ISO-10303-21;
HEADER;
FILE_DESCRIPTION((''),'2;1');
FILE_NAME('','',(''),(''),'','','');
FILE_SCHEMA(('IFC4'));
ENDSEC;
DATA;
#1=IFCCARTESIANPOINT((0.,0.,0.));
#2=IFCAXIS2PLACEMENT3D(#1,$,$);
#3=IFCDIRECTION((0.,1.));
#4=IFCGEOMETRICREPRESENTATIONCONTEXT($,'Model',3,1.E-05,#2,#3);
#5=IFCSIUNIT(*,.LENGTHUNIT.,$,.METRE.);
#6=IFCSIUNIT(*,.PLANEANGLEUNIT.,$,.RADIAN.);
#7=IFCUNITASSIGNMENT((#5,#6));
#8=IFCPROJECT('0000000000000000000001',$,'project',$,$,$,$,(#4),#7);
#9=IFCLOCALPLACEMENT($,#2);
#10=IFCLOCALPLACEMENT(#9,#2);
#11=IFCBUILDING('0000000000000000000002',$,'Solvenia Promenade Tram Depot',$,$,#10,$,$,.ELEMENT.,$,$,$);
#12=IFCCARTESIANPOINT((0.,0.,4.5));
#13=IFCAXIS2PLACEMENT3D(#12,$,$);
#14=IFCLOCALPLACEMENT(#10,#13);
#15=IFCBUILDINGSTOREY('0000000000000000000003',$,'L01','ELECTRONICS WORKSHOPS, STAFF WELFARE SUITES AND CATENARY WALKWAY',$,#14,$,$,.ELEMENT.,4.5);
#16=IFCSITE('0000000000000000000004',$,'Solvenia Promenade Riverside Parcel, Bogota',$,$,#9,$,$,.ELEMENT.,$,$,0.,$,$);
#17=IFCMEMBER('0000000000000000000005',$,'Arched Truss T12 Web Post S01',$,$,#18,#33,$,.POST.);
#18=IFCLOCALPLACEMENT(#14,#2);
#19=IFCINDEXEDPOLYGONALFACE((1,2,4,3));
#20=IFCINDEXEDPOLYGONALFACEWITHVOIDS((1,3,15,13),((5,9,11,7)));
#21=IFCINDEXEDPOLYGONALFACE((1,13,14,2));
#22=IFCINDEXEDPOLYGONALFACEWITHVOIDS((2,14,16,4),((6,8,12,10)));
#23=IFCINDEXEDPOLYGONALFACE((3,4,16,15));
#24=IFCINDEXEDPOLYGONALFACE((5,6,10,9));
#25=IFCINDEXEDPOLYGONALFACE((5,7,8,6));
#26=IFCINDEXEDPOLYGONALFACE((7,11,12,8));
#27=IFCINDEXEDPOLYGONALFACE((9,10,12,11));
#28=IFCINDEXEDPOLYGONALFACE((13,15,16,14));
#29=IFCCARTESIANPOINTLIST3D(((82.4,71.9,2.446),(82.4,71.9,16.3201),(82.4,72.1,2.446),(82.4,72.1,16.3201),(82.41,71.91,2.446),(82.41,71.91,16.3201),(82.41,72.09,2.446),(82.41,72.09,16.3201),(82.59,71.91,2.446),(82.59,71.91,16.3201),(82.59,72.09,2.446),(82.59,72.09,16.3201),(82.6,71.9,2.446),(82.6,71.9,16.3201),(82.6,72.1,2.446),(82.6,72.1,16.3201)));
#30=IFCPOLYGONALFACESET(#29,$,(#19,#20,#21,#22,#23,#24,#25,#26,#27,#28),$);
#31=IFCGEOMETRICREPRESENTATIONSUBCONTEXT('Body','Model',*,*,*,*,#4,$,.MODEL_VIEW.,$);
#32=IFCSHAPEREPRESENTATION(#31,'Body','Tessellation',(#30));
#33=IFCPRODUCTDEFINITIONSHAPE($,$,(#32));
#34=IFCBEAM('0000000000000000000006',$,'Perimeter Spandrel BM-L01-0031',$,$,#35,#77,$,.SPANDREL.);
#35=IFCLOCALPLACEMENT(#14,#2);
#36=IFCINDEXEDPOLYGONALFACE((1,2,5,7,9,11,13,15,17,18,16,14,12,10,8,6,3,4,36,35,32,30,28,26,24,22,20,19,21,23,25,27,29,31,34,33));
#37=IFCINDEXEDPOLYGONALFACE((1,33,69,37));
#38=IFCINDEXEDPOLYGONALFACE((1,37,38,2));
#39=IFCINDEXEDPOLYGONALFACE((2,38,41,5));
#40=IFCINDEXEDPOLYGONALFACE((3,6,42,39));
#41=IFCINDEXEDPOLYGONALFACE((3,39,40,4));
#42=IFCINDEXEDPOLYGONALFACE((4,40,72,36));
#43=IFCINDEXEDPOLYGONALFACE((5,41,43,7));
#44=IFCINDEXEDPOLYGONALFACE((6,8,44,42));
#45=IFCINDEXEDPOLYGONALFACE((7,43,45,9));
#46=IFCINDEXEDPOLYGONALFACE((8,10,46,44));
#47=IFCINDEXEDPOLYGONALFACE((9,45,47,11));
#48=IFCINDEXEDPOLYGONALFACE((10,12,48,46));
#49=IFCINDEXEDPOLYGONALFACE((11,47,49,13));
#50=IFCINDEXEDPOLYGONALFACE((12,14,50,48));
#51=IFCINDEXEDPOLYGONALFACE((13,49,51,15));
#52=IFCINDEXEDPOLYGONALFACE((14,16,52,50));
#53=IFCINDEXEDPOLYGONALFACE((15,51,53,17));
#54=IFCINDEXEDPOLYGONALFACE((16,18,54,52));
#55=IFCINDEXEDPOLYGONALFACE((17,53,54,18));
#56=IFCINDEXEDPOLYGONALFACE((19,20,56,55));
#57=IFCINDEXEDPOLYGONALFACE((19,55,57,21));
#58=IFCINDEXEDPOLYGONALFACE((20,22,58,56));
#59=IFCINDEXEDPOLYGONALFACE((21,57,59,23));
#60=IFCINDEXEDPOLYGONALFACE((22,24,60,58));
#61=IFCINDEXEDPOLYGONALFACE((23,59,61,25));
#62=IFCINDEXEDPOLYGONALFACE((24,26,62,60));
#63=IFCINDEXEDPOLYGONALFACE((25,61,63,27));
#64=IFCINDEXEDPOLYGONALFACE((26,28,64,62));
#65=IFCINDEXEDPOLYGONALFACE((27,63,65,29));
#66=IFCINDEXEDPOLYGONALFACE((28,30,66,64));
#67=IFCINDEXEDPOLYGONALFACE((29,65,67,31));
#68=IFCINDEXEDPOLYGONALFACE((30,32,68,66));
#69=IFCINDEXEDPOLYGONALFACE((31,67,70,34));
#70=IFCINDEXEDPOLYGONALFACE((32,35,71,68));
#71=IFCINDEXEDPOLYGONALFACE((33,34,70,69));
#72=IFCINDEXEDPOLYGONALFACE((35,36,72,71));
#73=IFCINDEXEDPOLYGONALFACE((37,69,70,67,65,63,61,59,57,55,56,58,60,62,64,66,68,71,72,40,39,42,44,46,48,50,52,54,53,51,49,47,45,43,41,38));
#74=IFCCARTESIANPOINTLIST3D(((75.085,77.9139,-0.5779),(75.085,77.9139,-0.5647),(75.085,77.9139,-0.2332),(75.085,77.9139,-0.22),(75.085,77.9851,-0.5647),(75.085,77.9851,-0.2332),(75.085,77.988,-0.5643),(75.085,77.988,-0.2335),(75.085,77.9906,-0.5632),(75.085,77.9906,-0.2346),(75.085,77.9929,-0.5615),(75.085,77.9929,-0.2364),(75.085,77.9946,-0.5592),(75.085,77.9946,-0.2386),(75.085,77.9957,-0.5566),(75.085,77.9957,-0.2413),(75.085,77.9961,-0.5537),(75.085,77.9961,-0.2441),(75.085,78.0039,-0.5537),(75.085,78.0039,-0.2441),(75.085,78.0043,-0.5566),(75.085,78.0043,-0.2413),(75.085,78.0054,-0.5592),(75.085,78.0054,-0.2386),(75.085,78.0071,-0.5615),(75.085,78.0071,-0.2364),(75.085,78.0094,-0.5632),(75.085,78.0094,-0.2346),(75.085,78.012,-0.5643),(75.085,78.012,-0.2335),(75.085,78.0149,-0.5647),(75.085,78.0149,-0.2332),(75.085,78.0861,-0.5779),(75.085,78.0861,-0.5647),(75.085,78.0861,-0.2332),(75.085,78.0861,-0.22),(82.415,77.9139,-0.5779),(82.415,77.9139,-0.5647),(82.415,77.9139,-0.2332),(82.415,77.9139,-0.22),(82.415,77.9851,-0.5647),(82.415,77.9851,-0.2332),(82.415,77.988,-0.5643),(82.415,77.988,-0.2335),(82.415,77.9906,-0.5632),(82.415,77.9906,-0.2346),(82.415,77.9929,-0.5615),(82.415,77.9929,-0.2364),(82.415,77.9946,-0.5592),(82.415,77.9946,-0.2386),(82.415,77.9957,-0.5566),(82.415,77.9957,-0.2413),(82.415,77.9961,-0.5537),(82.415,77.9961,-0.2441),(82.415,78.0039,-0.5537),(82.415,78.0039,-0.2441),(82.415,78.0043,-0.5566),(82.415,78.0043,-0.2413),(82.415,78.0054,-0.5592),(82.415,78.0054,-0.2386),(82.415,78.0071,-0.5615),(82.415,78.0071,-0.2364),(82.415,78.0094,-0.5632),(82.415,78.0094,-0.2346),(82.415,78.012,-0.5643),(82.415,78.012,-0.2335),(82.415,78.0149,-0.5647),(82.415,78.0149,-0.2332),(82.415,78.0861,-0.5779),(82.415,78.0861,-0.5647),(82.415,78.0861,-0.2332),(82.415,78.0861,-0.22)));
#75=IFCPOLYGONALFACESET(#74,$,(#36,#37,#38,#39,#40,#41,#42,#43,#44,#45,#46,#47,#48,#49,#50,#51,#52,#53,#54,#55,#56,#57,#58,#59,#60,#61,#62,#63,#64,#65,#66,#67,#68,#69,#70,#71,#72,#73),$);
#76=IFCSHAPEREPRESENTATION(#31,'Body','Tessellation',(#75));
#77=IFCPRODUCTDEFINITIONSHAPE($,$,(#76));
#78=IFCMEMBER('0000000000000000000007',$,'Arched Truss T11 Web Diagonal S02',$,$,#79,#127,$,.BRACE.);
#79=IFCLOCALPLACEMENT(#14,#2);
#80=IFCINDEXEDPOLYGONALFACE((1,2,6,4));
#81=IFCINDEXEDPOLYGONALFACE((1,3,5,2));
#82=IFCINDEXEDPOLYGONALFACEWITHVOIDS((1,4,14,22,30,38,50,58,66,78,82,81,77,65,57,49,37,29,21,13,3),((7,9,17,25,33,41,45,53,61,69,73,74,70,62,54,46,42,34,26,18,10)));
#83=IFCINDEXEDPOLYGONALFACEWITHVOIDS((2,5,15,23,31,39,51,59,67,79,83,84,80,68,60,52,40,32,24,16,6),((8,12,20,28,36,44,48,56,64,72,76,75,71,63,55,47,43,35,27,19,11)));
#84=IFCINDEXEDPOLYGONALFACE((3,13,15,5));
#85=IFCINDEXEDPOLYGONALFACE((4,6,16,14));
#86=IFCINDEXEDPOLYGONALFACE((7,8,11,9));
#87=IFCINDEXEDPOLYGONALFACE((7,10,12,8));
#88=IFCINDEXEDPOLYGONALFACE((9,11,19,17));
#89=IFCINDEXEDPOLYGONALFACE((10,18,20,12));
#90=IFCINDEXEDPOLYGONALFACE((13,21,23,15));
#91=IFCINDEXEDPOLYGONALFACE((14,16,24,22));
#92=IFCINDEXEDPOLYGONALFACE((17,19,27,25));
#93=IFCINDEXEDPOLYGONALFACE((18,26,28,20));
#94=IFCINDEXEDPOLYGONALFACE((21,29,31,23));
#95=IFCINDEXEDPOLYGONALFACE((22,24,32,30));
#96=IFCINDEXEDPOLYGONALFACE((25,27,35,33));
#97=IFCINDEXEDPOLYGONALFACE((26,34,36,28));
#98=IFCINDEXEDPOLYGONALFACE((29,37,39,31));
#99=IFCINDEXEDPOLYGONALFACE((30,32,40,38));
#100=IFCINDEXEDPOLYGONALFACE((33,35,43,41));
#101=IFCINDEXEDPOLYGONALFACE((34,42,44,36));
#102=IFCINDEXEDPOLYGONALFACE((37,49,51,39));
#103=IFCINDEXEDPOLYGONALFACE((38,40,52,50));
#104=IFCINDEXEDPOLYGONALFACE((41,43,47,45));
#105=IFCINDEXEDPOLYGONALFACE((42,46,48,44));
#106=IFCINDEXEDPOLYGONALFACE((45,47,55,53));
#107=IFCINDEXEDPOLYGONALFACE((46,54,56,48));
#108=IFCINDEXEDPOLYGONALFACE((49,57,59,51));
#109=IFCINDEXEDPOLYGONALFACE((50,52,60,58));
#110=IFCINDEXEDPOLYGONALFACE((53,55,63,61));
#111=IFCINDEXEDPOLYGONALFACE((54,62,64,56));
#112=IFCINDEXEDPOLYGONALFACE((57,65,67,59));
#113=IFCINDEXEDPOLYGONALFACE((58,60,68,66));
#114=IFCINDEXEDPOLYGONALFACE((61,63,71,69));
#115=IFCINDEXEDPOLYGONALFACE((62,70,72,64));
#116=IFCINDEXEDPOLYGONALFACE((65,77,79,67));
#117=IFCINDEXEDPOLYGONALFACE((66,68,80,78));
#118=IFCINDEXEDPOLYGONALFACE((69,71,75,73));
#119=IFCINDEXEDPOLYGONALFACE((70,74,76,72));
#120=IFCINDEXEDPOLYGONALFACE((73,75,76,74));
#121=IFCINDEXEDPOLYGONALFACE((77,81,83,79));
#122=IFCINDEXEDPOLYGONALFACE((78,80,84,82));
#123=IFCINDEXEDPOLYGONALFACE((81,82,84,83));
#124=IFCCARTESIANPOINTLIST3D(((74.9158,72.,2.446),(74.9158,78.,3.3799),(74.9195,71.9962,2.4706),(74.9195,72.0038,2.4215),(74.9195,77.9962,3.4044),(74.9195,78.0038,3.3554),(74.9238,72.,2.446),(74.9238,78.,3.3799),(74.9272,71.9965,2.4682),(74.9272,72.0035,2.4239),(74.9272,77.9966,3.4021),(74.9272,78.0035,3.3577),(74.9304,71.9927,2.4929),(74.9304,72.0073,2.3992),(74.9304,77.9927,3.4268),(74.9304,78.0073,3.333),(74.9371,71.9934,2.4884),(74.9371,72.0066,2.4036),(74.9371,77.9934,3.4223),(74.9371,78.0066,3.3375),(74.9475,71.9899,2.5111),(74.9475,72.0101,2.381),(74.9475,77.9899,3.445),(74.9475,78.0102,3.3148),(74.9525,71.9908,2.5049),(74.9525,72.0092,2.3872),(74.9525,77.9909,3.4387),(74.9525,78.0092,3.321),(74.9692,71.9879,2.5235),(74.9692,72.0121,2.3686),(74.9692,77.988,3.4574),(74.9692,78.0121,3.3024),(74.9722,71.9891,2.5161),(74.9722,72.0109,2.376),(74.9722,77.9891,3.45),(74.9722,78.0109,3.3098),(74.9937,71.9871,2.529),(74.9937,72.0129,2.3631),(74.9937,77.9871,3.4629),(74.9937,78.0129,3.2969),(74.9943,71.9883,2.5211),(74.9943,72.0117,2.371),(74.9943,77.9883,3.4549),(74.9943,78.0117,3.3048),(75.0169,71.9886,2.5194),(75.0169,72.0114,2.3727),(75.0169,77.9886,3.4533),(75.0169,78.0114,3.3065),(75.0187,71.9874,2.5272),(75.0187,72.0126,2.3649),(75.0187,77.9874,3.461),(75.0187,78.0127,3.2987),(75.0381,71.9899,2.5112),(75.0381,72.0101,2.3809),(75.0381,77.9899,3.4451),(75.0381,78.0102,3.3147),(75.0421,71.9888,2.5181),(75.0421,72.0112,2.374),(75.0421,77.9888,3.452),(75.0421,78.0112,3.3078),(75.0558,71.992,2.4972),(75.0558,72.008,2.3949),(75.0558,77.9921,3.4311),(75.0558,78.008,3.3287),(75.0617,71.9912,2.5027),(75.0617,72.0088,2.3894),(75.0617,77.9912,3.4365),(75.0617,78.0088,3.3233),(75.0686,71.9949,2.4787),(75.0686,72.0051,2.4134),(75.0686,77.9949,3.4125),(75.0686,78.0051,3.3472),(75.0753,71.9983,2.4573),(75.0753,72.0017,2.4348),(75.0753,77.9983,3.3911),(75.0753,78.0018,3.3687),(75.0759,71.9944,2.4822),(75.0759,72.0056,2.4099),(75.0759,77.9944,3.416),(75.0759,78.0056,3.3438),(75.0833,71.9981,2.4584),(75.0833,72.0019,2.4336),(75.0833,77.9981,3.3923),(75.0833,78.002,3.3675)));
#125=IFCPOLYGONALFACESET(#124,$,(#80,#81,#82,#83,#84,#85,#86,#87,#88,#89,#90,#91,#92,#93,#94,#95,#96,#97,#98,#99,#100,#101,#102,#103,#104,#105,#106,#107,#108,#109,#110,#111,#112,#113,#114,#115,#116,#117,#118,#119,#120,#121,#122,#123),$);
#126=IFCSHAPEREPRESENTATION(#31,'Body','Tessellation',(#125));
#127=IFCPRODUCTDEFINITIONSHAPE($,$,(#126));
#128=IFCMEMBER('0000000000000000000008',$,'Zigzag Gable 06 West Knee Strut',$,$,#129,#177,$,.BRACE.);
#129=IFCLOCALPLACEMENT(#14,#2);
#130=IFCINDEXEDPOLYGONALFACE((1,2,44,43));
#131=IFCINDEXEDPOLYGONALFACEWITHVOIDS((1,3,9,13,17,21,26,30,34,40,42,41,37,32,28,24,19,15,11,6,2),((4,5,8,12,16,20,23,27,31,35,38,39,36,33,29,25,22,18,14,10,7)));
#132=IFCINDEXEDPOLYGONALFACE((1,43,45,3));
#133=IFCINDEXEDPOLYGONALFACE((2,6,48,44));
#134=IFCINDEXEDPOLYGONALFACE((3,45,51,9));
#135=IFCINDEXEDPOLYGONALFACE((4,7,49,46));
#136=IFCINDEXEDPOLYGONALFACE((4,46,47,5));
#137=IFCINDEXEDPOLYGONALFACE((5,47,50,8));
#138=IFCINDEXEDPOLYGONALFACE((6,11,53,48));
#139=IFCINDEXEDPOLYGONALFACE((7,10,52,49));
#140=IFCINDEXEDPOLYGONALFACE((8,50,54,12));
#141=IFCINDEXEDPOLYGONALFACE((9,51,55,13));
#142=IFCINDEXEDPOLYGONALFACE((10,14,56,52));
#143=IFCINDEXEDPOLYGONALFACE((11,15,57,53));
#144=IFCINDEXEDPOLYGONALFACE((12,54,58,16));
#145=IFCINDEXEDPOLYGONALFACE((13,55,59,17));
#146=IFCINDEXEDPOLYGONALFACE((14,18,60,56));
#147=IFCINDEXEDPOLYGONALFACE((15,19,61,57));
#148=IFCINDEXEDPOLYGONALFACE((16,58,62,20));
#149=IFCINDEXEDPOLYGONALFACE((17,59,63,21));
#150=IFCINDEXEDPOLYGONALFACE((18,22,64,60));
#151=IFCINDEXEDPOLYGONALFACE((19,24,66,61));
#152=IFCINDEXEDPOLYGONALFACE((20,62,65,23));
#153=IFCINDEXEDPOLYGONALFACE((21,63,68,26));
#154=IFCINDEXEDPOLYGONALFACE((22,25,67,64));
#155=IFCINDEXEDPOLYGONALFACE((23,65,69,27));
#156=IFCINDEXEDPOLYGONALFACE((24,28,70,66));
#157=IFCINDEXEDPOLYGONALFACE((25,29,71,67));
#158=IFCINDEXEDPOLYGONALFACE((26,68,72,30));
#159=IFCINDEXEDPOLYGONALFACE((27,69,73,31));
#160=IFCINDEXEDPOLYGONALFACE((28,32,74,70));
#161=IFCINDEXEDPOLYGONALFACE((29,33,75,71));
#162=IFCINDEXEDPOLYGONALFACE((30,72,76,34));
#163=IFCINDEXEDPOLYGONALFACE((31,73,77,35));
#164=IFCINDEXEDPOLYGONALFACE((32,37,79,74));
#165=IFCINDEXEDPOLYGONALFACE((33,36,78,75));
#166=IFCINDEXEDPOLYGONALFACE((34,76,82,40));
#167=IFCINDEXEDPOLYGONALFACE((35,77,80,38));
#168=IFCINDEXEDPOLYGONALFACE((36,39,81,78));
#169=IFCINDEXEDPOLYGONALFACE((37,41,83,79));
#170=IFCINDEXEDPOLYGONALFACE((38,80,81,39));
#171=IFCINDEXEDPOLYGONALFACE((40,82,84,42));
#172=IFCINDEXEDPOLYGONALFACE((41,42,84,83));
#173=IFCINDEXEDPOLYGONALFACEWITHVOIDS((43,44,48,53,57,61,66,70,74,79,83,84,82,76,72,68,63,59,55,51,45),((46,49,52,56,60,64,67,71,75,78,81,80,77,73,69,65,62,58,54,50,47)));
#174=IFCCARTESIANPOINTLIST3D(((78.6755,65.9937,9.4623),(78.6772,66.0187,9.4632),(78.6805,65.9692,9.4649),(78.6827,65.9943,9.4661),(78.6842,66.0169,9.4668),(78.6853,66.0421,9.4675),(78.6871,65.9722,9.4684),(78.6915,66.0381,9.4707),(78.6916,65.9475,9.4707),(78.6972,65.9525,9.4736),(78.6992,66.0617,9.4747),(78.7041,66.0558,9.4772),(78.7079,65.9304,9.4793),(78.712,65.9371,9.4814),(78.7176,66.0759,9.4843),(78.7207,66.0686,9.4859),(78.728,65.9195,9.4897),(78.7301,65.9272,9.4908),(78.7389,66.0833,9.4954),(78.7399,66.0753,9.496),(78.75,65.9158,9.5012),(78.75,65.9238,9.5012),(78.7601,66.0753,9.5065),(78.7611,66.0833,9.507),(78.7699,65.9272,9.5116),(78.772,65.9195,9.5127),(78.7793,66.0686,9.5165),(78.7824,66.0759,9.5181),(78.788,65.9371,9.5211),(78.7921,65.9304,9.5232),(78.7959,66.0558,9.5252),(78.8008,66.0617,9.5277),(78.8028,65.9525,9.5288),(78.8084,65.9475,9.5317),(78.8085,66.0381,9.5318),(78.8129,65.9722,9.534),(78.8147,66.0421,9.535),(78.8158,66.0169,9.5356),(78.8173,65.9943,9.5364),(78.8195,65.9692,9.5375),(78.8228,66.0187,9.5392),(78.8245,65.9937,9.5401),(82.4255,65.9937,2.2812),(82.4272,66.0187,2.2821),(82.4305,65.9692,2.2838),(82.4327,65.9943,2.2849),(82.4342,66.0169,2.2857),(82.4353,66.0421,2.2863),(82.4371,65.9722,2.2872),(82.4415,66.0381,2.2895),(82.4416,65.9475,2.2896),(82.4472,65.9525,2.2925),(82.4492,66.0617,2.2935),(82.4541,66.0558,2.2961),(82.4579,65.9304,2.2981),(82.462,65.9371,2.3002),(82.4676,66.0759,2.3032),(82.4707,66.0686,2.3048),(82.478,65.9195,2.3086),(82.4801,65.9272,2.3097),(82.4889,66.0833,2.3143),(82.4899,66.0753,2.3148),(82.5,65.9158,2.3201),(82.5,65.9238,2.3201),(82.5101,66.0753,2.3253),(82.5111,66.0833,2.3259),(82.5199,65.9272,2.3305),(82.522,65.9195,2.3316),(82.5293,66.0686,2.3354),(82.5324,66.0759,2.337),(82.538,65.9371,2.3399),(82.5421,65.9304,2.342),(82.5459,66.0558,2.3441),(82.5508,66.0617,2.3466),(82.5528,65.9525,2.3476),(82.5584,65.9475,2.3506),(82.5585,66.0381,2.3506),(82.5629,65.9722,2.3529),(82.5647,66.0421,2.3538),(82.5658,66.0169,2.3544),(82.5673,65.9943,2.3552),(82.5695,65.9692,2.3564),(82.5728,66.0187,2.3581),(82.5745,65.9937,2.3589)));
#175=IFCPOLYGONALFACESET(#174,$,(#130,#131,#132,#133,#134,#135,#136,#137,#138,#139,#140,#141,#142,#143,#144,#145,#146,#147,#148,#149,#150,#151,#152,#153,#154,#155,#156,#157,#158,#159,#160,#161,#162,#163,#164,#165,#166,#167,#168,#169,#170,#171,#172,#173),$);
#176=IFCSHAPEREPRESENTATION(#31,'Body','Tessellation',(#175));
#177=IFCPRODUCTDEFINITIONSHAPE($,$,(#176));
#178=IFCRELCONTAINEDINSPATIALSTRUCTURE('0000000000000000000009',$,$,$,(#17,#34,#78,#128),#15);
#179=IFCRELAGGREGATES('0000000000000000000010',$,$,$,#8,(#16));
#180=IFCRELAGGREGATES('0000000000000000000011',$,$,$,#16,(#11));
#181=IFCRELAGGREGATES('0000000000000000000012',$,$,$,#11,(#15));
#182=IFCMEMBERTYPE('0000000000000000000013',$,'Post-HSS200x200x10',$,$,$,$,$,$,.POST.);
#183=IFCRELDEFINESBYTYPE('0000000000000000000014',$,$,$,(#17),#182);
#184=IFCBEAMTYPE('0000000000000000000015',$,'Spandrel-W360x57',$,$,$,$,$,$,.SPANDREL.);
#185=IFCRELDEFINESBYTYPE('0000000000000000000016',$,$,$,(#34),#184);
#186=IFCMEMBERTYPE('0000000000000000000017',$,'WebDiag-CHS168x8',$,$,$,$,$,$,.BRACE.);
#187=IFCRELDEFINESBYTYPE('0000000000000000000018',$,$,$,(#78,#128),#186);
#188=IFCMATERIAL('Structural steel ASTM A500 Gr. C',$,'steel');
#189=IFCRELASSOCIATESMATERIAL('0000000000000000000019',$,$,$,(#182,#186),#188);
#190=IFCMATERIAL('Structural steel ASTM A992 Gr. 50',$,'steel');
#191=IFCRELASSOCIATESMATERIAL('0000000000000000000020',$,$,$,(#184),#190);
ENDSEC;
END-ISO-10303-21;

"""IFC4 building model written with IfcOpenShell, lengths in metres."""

from ifc_helpers import new_model, si_unit, direction, frame, origin, origin_2d, place, context, subcontext, project, spatial, hollow_rectangle, hollow_circle, i_section, extrude, material, material_profile, profile_set, type_object, element, save


model = new_model("IFC4")

# Units and contexts
model_context = context("Model", 3, precision=1e-05, world=origin(), true_north=direction((0.0, 1.0)))
body_context = subcontext(model_context, "Body", "Model", "MODEL_VIEW")
ifc_project = project(units=[si_unit("LENGTHUNIT", "METRE"), si_unit("PLANEANGLEUNIT", "RADIAN")], contexts=[model_context])

# Site, building, storey
site_placement = place(None, origin())
site = spatial("IfcSite", under=ifc_project, at=site_placement, Name="Solvenia Promenade Riverside Parcel, Bogota", CompositionType="ELEMENT", RefElevation=0.0)
building_placement = place(site_placement, origin())
building = spatial("IfcBuilding", under=site, at=building_placement, Name="Solvenia Promenade Tram Depot", CompositionType="ELEMENT")
storey_placement = place(building_placement, frame((0.0, 0.0, 4.5)))
storey = spatial("IfcBuildingStorey", under=building, at=storey_placement, Name="L01", Description="ELECTRONICS WORKSHOPS, STAFF WELFARE SUITES AND CATENARY WALKWAY", CompositionType="ELEMENT", Elevation=4.5)

# Shared definitions
ifc_material_1 = material(Name="Structural steel ASTM A992 Gr. 50", Category="steel")

# Shared definitions
ifc_material_2 = material(Name="Structural steel ASTM A500 Gr. C", Category="steel")

# Member
ifc_material_profile_1 = material_profile(ifc_material_2, hollow_rectangle(XDim=0.2, YDim=0.2, WallThickness=0.01, at=origin_2d()), Name="HSS200x200x10", Category="steel")
ifc_profile_set_1 = profile_set([ifc_material_profile_1], Name="Structural steel ASTM A500 Gr. C")
member_type_1 = type_object("IfcMemberType", Name="Post-HSS200x200x10", PredefinedType="POST", material=ifc_profile_set_1)
member_1_placement = place(storey_placement, frame((82.5, 72.0, 2.446), z_axis=(0.0, 0.0, 1.0), x_axis=(1.0, 0.0, 0.0)))
element("IfcMember", 1, at=member_1_placement, inside=storey, type_object=member_type_1, Name="Arched Truss T12 Web Post S01", PredefinedType="POST", context=body_context, shape_type="SweptSolid", body=[
    extrude(hollow_rectangle(XDim=0.2, YDim=0.2, WallThickness=0.01, at=origin_2d()), origin(), (0.0, 0.0, 1.0), 13.874),
])

# Beam
ifc_material_profile_2 = material_profile(ifc_material_1, i_section(OverallWidth=0.1721, OverallDepth=0.3579, WebThickness=0.0078, FlangeThickness=0.0132, FilletRadius=0.011, at=origin_2d()), Name="W360x57", Category="steel")
ifc_profile_set_2 = profile_set([ifc_material_profile_2], Name="Structural steel ASTM A992 Gr. 50")
beam_type_1 = type_object("IfcBeamType", Name="Spandrel-W360x57", PredefinedType="SPANDREL", material=ifc_profile_set_2)
beam_1_placement = place(storey_placement, frame((75.085, 78.0, -0.3989), z_axis=(1.0, 0.0, 0.0), x_axis=(0.0, 1.0, 0.0)))
element("IfcBeam", 2, at=beam_1_placement, inside=storey, type_object=beam_type_1, Name="Perimeter Spandrel BM-L01-0031", PredefinedType="SPANDREL", context=body_context, shape_type="SweptSolid", body=[
    extrude(i_section(OverallWidth=0.1721, OverallDepth=0.3579, WebThickness=0.0078, FlangeThickness=0.0132, FilletRadius=0.011, at=origin_2d()), origin(), (0.0, 0.0, 1.0), 7.3301),
])

# Members
ifc_material_profile_3 = material_profile(ifc_material_2, hollow_circle(Radius=0.0842, WallThickness=0.0081, at=origin_2d()), Name="CHS168.3x8", Category="steel")
ifc_profile_set_3 = profile_set([ifc_material_profile_3], Name="Structural steel ASTM A500 Gr. C")
member_type_2 = type_object("IfcMemberType", Name="WebDiag-CHS168x8", PredefinedType="BRACE", material=ifc_profile_set_3)
member_2_placement = place(storey_placement, frame((75.0, 72.0, 2.446), z_axis=(0.0, 0.988104, 0.153788), x_axis=(-1.0, 0.0, 0.0)))
element("IfcMember", 3, at=member_2_placement, inside=storey, type_object=member_type_2, Name="Arched Truss T11 Web Diagonal S02", PredefinedType="BRACE", context=body_context, shape_type="SweptSolid", body=[
    extrude(hollow_circle(Radius=0.0842, WallThickness=0.0081, at=origin_2d()), origin(), (0.0, 0.0, 1.0), 6.0723),
])
for number, where, z_axis, x_axis, name in (
    (4, (82.5, 66.0, 2.3201), (-0.462887, 0.0, 0.886417), (0.0, -1.0, 0.0), "Zigzag Gable 06 West Knee Strut"),
):
    element("IfcMember", number, at=place(storey_placement, frame(where, z_axis=z_axis, x_axis=x_axis)), inside=storey, type_object=member_type_2, Name=name, PredefinedType="BRACE", context=body_context, shape_type="SweptSolid", body=[
        extrude(hollow_circle(Radius=0.0842, WallThickness=0.0081, at=origin_2d()), origin(), (0.0, 0.0, 1.0), 8.1013),
    ])

save(model, "model.ifc")
